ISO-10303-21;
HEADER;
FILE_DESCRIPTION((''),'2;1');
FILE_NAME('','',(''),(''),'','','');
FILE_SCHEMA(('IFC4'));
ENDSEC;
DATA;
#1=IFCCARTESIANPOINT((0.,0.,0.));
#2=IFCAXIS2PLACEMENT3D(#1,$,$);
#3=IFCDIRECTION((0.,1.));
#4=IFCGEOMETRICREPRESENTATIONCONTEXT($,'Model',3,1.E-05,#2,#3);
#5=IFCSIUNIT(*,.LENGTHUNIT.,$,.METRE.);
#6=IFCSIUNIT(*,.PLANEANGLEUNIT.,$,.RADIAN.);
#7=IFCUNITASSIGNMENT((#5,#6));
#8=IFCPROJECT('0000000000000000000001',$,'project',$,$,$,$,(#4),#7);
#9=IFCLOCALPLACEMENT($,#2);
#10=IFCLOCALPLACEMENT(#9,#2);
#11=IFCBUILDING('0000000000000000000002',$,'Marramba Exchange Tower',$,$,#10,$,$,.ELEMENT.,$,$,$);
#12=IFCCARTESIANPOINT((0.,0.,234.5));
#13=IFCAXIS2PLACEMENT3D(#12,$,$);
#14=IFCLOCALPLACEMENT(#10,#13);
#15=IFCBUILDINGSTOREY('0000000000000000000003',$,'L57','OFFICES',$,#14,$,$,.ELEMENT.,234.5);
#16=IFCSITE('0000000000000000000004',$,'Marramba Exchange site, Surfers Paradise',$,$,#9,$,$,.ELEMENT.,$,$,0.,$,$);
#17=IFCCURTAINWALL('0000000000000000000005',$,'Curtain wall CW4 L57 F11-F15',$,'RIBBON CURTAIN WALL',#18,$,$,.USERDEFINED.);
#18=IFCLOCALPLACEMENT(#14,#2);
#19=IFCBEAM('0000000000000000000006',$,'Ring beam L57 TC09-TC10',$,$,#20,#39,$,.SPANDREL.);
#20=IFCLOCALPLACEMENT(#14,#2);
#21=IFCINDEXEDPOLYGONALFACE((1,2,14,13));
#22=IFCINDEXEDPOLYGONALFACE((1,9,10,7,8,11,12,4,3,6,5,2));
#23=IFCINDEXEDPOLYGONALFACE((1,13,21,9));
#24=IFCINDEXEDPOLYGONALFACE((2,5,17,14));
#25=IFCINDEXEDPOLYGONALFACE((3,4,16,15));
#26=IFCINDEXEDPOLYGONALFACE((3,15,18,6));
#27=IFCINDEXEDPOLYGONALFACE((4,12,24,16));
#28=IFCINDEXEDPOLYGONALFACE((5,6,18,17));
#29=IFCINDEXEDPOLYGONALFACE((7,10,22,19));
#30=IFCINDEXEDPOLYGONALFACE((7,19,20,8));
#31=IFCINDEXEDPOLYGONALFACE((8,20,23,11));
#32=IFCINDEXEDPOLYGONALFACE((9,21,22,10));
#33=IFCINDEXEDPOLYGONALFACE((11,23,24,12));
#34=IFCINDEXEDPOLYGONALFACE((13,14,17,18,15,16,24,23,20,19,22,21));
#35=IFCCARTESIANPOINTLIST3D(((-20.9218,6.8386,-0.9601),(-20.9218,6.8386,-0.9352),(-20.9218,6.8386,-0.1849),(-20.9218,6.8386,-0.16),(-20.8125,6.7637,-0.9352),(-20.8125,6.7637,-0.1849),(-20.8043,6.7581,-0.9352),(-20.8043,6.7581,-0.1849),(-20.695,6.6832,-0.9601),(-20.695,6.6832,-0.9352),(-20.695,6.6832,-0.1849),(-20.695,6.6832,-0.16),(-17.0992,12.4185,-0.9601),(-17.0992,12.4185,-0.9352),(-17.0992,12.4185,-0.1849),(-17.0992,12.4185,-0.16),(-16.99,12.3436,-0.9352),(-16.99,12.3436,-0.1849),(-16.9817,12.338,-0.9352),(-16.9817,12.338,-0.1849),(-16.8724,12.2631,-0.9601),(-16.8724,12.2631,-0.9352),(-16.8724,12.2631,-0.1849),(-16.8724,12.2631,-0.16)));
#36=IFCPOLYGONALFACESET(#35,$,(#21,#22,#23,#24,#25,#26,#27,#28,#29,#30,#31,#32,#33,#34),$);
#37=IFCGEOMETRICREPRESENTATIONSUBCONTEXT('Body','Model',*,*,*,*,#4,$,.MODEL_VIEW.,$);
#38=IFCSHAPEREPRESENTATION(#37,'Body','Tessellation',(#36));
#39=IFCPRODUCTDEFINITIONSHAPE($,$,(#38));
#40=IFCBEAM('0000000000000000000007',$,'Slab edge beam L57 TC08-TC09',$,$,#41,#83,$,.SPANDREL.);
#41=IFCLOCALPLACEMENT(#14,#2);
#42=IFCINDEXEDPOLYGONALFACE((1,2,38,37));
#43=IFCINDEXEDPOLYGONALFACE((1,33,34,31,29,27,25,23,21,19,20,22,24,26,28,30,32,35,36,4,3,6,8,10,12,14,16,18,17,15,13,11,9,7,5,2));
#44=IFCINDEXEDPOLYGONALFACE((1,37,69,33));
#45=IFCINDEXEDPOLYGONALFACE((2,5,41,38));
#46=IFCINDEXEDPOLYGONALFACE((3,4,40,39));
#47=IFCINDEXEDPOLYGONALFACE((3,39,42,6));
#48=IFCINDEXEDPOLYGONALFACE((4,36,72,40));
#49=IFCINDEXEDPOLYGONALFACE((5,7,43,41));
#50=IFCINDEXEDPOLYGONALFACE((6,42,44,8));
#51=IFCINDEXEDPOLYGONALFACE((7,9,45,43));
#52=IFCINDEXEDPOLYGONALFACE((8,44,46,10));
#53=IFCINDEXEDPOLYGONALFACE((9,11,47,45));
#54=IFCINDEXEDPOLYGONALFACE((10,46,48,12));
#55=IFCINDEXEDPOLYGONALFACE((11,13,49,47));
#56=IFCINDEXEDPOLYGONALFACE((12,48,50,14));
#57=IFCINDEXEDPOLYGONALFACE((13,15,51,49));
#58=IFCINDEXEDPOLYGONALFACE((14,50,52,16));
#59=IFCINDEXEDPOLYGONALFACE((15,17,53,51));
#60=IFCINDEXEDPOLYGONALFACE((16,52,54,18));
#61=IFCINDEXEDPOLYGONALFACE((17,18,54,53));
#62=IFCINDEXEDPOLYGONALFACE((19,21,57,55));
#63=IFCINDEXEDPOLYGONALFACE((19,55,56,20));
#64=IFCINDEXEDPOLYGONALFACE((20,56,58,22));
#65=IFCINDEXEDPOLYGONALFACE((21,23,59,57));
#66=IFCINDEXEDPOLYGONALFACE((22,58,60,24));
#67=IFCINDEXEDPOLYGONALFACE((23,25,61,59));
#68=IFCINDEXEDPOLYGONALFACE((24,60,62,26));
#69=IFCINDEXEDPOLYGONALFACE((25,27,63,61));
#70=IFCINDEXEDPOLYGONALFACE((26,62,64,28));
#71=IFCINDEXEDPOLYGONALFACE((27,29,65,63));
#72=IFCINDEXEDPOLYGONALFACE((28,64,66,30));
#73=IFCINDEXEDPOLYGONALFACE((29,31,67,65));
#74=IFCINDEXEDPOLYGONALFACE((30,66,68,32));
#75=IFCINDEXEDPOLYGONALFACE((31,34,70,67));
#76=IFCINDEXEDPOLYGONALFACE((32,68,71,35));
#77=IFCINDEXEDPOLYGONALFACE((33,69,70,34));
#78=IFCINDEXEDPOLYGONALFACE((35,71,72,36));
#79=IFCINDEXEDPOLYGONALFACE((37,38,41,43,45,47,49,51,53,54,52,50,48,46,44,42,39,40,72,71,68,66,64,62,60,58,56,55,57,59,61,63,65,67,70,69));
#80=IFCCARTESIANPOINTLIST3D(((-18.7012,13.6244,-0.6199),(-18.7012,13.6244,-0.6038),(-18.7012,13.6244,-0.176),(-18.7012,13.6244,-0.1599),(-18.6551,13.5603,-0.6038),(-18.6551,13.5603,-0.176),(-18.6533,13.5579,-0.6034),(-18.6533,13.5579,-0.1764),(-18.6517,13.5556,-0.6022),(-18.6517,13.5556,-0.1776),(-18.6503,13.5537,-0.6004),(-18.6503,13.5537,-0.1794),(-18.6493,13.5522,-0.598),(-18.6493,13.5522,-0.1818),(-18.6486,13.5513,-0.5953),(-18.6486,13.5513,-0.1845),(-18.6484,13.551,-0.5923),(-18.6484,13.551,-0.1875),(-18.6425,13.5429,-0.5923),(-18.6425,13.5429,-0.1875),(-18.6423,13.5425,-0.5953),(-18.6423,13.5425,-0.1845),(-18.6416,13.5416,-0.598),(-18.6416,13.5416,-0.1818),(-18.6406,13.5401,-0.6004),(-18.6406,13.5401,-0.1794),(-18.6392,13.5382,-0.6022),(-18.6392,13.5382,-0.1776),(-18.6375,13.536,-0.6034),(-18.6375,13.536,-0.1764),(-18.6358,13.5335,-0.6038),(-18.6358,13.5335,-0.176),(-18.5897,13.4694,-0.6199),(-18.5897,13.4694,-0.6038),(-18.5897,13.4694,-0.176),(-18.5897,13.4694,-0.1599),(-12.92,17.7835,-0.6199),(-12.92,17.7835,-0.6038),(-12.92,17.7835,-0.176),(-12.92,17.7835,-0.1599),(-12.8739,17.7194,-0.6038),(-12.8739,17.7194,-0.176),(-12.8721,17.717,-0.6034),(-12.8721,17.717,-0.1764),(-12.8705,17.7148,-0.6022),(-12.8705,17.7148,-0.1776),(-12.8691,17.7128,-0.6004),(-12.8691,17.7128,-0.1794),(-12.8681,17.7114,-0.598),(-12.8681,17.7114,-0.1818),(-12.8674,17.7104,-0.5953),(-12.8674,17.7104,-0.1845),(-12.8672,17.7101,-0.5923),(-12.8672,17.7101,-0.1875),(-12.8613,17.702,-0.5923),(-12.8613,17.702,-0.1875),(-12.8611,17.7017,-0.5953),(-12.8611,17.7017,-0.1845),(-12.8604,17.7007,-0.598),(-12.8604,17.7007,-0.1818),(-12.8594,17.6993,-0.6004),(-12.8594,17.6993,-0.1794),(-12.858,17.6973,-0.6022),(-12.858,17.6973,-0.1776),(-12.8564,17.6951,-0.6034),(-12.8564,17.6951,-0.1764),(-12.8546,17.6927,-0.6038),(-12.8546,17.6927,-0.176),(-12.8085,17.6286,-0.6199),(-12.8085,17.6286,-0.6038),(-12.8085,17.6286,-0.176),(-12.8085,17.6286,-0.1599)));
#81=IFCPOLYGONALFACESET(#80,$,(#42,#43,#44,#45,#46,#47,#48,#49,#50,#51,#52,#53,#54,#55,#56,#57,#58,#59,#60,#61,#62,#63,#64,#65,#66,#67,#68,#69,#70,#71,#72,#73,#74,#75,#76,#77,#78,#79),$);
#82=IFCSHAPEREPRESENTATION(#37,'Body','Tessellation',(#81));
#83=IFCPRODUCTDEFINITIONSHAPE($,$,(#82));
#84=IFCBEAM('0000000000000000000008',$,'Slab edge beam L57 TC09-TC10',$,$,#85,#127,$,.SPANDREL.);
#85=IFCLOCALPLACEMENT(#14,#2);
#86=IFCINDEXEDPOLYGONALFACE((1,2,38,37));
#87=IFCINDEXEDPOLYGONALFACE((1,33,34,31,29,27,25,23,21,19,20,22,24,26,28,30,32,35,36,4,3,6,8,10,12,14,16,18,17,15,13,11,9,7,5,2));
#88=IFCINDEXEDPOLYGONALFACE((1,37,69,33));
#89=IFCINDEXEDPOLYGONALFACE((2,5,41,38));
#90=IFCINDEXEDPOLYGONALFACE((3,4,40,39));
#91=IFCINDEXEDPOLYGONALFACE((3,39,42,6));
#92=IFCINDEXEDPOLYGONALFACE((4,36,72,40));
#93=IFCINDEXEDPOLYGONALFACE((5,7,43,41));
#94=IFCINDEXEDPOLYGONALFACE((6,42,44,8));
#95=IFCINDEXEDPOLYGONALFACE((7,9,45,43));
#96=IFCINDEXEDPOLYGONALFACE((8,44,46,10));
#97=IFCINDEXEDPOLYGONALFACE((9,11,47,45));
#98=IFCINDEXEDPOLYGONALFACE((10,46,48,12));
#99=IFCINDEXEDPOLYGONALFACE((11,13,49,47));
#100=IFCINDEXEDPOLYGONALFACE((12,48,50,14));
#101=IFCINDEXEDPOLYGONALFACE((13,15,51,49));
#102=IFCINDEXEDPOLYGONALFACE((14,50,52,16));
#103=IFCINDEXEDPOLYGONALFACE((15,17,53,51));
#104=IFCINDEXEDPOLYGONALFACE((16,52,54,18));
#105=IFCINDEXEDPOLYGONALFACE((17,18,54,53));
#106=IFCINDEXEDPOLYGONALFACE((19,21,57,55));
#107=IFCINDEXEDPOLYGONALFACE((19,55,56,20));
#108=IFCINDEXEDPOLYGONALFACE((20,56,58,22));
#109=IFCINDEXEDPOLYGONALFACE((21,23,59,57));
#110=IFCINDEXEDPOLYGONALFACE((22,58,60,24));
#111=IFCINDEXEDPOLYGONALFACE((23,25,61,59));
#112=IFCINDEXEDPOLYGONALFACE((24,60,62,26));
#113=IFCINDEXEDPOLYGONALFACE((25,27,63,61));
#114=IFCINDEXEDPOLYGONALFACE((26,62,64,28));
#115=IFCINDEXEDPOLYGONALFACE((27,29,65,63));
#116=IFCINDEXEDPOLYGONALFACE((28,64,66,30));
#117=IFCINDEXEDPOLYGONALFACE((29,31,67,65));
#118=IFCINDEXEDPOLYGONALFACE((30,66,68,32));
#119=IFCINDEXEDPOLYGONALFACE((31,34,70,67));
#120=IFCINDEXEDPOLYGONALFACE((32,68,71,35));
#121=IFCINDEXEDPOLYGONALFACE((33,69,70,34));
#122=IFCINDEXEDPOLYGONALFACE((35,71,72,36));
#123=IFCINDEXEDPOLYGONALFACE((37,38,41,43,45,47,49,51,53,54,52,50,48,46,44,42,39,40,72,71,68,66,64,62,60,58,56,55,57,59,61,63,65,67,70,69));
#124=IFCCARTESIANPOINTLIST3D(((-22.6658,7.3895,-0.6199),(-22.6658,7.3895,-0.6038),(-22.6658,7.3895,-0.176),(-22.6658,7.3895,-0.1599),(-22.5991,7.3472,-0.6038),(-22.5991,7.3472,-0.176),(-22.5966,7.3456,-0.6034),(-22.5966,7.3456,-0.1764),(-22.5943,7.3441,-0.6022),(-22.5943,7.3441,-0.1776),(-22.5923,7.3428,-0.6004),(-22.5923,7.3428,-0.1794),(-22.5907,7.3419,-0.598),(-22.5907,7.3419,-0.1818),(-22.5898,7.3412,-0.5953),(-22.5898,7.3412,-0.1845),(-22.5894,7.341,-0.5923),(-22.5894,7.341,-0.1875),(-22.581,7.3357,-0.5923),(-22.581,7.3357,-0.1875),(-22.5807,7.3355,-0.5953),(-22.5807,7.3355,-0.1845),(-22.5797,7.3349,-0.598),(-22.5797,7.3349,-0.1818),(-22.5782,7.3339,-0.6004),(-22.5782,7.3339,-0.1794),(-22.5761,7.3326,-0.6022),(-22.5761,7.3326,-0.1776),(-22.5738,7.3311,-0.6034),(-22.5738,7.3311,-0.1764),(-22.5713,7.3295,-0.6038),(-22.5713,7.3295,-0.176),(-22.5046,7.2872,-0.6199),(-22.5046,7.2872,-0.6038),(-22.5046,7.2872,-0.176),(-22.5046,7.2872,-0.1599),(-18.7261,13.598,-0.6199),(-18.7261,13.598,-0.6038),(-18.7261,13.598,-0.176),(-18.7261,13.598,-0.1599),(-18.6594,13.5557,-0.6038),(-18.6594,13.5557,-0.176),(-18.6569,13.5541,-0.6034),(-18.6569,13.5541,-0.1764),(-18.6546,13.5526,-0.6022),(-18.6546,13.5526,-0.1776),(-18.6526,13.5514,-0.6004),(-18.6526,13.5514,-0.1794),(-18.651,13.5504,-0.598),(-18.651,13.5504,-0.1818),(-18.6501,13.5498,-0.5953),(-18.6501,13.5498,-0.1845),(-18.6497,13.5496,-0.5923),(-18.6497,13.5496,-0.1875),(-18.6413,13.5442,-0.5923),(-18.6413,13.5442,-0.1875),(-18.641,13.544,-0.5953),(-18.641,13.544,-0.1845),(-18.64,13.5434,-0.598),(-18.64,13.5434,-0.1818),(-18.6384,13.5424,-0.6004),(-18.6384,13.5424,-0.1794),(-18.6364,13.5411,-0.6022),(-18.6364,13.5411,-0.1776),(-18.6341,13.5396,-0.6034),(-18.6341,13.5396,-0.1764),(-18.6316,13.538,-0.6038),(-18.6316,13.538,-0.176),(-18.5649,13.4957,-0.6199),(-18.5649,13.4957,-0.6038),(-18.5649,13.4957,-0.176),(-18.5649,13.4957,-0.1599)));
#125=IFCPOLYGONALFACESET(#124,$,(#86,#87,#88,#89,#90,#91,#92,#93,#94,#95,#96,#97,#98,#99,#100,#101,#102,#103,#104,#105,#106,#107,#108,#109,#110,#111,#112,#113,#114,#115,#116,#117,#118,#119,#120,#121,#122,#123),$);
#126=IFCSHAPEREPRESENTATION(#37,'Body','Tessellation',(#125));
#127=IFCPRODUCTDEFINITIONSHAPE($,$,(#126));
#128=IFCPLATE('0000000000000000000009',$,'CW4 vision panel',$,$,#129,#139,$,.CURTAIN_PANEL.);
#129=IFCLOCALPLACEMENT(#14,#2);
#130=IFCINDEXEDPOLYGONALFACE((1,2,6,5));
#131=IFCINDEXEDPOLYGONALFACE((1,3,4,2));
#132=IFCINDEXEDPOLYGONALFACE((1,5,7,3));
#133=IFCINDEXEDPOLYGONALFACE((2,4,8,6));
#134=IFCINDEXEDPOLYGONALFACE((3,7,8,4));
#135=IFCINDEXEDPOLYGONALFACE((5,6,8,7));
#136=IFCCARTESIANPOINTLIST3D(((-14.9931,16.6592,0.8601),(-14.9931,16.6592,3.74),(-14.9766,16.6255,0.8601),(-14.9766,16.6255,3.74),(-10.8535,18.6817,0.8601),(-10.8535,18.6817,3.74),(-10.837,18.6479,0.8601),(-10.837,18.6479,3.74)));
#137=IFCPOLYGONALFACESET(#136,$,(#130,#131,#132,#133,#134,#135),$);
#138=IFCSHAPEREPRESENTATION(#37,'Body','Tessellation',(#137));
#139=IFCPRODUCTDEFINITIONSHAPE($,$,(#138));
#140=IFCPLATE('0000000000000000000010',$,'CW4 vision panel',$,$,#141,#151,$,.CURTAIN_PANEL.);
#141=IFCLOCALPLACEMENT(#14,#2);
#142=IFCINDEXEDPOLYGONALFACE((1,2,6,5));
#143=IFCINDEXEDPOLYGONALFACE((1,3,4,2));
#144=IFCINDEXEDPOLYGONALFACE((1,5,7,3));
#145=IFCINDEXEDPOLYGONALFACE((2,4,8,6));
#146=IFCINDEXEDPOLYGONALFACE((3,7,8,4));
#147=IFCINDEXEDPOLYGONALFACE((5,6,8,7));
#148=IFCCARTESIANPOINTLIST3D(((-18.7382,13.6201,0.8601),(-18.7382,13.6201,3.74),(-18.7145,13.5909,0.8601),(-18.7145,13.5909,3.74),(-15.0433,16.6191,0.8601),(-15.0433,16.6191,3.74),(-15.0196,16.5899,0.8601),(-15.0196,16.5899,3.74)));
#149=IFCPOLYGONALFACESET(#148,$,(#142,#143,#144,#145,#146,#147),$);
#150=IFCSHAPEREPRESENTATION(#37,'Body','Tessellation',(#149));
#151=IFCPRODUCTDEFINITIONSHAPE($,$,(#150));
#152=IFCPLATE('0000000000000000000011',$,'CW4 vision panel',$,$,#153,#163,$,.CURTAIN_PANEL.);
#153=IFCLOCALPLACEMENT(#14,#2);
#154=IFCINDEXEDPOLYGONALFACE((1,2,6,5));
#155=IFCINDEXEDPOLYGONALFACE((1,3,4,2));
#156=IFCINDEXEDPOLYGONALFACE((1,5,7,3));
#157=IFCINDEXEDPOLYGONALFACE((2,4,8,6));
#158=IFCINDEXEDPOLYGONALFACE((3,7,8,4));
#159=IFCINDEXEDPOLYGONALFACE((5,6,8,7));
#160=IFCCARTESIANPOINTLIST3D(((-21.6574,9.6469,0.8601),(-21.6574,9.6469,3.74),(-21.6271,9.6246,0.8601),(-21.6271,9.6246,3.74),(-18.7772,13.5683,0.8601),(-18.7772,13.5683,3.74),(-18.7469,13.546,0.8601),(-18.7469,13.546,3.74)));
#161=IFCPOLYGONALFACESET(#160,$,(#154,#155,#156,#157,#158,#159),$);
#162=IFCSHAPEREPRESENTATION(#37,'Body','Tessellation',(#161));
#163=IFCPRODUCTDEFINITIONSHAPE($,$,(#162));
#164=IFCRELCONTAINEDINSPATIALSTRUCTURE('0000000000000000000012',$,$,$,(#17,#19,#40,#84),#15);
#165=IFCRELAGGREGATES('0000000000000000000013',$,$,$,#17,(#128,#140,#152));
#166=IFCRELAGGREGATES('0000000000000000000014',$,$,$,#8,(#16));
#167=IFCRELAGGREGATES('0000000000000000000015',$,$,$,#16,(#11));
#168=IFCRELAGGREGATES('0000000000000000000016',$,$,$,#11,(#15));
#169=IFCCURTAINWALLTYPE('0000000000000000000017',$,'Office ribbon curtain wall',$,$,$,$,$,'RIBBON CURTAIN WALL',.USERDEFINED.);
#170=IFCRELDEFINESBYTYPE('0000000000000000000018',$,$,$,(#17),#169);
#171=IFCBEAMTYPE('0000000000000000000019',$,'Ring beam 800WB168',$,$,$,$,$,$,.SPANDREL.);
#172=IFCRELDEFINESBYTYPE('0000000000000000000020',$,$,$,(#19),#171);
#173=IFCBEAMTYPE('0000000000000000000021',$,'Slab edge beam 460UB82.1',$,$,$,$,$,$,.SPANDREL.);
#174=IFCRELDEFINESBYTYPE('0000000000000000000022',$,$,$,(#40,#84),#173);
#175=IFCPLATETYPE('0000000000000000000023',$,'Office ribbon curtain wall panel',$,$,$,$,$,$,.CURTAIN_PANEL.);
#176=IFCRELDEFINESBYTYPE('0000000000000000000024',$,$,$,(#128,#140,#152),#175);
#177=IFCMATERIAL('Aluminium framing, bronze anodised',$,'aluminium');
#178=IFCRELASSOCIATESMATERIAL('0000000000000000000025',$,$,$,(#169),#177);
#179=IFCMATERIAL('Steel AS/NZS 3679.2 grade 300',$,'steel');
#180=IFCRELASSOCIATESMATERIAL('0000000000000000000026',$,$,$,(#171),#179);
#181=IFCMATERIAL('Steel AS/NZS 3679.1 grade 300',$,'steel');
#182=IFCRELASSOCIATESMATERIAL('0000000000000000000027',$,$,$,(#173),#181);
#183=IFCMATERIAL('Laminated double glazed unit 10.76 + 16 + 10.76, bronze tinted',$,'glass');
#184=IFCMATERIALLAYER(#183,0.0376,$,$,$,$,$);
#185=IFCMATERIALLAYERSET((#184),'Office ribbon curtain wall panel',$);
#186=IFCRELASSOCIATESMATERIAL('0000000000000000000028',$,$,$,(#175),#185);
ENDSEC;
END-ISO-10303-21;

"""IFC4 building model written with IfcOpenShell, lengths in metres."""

from ifc_helpers import new_model, si_unit, direction, frame, origin, origin_2d, place, context, subcontext, project, spatial, rectangle, i_section, extrude, material, layer, layer_set, material_profile, profile_set, type_object, element, aggregate, save


model = new_model("IFC4")

# Units and contexts
model_context = context("Model", 3, precision=1e-05, world=origin(), true_north=direction((0.0, 1.0)))
body_context = subcontext(model_context, "Body", "Model", "MODEL_VIEW")
ifc_project = project(units=[si_unit("LENGTHUNIT", "METRE"), si_unit("PLANEANGLEUNIT", "RADIAN")], contexts=[model_context])

# Site, building, storey
site_placement = place(None, origin())
site = spatial("IfcSite", under=ifc_project, at=site_placement, Name="Marramba Exchange site, Surfers Paradise", CompositionType="ELEMENT", RefElevation=0.0)
building_placement = place(site_placement, origin())
building = spatial("IfcBuilding", under=site, at=building_placement, Name="Marramba Exchange Tower", CompositionType="ELEMENT")
storey_placement = place(building_placement, frame((0.0, 0.0, 234.5)))
storey = spatial("IfcBuildingStorey", under=building, at=storey_placement, Name="L57", Description="OFFICES", CompositionType="ELEMENT", Elevation=234.5)

# Shared definitions
ifc_material_1 = material(Name="Steel AS/NZS 3679.2 grade 300", Category="steel")
ifc_material_2 = material(Name="Steel AS/NZS 3679.1 grade 300", Category="steel")

# Curtain wall
ifc_material_3 = material(Name="Aluminium framing, bronze anodised", Category="aluminium")
curtain_wall_type = type_object("IfcCurtainWallType", Name="Office ribbon curtain wall", ElementType="RIBBON CURTAIN WALL", PredefinedType="USERDEFINED", material=ifc_material_3)
curtain_wall_placement = place(storey_placement, origin())
curtain_wall = element("IfcCurtainWall", 1, at=curtain_wall_placement, inside=storey, type_object=curtain_wall_type, Name="Curtain wall CW4 L57 F11-F15", ObjectType="RIBBON CURTAIN WALL", PredefinedType="USERDEFINED")

# Beams
ifc_material_profile_1 = material_profile(ifc_material_1, i_section(OverallWidth=0.2749, OverallDepth=0.8, WebThickness=0.01, FlangeThickness=0.0249, at=origin_2d()), Name="800WB168")
ifc_profile_set_1 = profile_set([ifc_material_profile_1], Name="Steel AS/NZS 3679.2 grade 300")
beam_type_1 = type_object("IfcBeamType", Name="Ring beam 800WB168", PredefinedType="SPANDREL", material=ifc_profile_set_1)
beam_1_placement = place(storey_placement, frame((-16.9858, 12.3408, -0.5601), z_axis=(-0.56516, -0.824981, 0.0), x_axis=(0.824981, -0.56516, 0.0)))
element("IfcBeam", 2, at=beam_1_placement, inside=storey, type_object=beam_type_1, Name="Ring beam L57 TC09-TC10", PredefinedType="SPANDREL", context=body_context, shape_type="SweptSolid", body=[
    extrude(i_section(OverallWidth=0.2749, OverallDepth=0.8, WebThickness=0.01, FlangeThickness=0.0249, at=origin_2d()), origin(), (0.0, 0.0, 1.0), 6.7637),
])
ifc_material_profile_2 = material_profile(ifc_material_2, i_section(OverallWidth=0.1909, OverallDepth=0.46, WebThickness=0.01, FlangeThickness=0.0161, FilletRadius=0.0115, at=origin_2d()), Name="460UB82.1")
ifc_profile_set_2 = profile_set([ifc_material_profile_2], Name="Steel AS/NZS 3679.1 grade 300")
beam_type_2 = type_object("IfcBeamType", Name="Slab edge beam 460UB82.1", PredefinedType="SPANDREL", material=ifc_profile_set_2)
beam_2_placement = place(storey_placement, frame((-12.8643, 17.7061, -0.3899), z_axis=(-0.811755, -0.583998, 0.0), x_axis=(0.583998, -0.811755, 0.0)))
element("IfcBeam", 3, at=beam_2_placement, inside=storey, type_object=beam_type_2, Name="Slab edge beam L57 TC08-TC09", PredefinedType="SPANDREL", context=body_context, shape_type="SweptSolid", body=[
    extrude(i_section(OverallWidth=0.1909, OverallDepth=0.46, WebThickness=0.01, FlangeThickness=0.0161, FilletRadius=0.0115, at=origin_2d()), origin(), (0.0, 0.0, 1.0), 7.1218),
])
beam_3_placement = place(storey_placement, frame((-18.6455, 13.5469, -0.3899), z_axis=(-0.535794, -0.844348, 0.0), x_axis=(0.844348, -0.535794, 0.0)))
element("IfcBeam", 4, at=beam_3_placement, inside=storey, type_object=beam_type_2, Name="Slab edge beam L57 TC09-TC10", PredefinedType="SPANDREL", context=body_context, shape_type="SweptSolid", body=[
    extrude(i_section(OverallWidth=0.1909, OverallDepth=0.46, WebThickness=0.01, FlangeThickness=0.0161, FilletRadius=0.0115, at=origin_2d()), origin(), (0.0, 0.0, 1.0), 7.353),
])

# Plates
ifc_material_4 = material(Name="Laminated double glazed unit 10.76 + 16 + 10.76, bronze tinted", Category="glass")
ifc_layer_1 = layer(ifc_material_4, 0.0376)
ifc_layer_set_1 = layer_set([ifc_layer_1], Name="Office ribbon curtain wall panel")
plate_type = type_object("IfcPlateType", Name="Office ribbon curtain wall panel", PredefinedType="CURTAIN_PANEL", material=ifc_layer_set_1)
plate_1_placement = place(storey_placement, frame((-12.915, 17.6536, 0.8601), z_axis=(0.0, 0.0, 1.0), x_axis=(-0.898501, -0.438972, 0.0)))
plate_1 = element("IfcPlate", 5, at=plate_1_placement, type_object=plate_type, Name="CW4 vision panel", PredefinedType="CURTAIN_PANEL", context=body_context, shape_type="SweptSolid", body=[
    extrude(rectangle(XDim=4.6072, YDim=0.0376, at=origin_2d()), origin(), (0.0, 0.0, 1.0), 2.8799),
])
plate_2_placement = place(storey_placement, frame((-16.8789, 15.105, 0.8601), z_axis=(0.0, 0.0, 1.0), x_axis=(-0.776432, -0.630201, 0.0)))
plate_2 = element("IfcPlate", 6, at=plate_2_placement, type_object=plate_type, Name="CW4 vision panel", PredefinedType="CURTAIN_PANEL", context=body_context, shape_type="SweptSolid", body=[
    extrude(rectangle(XDim=4.7588, YDim=0.0376, at=origin_2d()), origin(), (0.0, 0.0, 1.0), 2.8799),
])
plate_3_placement = place(storey_placement, frame((-20.2021, 11.5964, 0.8601), z_axis=(0.0, 0.0, 1.0), x_axis=(-0.591963, -0.805965, 0.0)))
plate_3 = element("IfcPlate", 7, at=plate_3_placement, type_object=plate_type, Name="CW4 vision panel", PredefinedType="CURTAIN_PANEL", context=body_context, shape_type="SweptSolid", body=[
    extrude(rectangle(XDim=4.8655, YDim=0.0376, at=origin_2d()), origin(), (0.0, 0.0, 1.0), 2.8799),
])
aggregate(curtain_wall, [plate_1, plate_2, plate_3])

save(model, "model.ifc")
